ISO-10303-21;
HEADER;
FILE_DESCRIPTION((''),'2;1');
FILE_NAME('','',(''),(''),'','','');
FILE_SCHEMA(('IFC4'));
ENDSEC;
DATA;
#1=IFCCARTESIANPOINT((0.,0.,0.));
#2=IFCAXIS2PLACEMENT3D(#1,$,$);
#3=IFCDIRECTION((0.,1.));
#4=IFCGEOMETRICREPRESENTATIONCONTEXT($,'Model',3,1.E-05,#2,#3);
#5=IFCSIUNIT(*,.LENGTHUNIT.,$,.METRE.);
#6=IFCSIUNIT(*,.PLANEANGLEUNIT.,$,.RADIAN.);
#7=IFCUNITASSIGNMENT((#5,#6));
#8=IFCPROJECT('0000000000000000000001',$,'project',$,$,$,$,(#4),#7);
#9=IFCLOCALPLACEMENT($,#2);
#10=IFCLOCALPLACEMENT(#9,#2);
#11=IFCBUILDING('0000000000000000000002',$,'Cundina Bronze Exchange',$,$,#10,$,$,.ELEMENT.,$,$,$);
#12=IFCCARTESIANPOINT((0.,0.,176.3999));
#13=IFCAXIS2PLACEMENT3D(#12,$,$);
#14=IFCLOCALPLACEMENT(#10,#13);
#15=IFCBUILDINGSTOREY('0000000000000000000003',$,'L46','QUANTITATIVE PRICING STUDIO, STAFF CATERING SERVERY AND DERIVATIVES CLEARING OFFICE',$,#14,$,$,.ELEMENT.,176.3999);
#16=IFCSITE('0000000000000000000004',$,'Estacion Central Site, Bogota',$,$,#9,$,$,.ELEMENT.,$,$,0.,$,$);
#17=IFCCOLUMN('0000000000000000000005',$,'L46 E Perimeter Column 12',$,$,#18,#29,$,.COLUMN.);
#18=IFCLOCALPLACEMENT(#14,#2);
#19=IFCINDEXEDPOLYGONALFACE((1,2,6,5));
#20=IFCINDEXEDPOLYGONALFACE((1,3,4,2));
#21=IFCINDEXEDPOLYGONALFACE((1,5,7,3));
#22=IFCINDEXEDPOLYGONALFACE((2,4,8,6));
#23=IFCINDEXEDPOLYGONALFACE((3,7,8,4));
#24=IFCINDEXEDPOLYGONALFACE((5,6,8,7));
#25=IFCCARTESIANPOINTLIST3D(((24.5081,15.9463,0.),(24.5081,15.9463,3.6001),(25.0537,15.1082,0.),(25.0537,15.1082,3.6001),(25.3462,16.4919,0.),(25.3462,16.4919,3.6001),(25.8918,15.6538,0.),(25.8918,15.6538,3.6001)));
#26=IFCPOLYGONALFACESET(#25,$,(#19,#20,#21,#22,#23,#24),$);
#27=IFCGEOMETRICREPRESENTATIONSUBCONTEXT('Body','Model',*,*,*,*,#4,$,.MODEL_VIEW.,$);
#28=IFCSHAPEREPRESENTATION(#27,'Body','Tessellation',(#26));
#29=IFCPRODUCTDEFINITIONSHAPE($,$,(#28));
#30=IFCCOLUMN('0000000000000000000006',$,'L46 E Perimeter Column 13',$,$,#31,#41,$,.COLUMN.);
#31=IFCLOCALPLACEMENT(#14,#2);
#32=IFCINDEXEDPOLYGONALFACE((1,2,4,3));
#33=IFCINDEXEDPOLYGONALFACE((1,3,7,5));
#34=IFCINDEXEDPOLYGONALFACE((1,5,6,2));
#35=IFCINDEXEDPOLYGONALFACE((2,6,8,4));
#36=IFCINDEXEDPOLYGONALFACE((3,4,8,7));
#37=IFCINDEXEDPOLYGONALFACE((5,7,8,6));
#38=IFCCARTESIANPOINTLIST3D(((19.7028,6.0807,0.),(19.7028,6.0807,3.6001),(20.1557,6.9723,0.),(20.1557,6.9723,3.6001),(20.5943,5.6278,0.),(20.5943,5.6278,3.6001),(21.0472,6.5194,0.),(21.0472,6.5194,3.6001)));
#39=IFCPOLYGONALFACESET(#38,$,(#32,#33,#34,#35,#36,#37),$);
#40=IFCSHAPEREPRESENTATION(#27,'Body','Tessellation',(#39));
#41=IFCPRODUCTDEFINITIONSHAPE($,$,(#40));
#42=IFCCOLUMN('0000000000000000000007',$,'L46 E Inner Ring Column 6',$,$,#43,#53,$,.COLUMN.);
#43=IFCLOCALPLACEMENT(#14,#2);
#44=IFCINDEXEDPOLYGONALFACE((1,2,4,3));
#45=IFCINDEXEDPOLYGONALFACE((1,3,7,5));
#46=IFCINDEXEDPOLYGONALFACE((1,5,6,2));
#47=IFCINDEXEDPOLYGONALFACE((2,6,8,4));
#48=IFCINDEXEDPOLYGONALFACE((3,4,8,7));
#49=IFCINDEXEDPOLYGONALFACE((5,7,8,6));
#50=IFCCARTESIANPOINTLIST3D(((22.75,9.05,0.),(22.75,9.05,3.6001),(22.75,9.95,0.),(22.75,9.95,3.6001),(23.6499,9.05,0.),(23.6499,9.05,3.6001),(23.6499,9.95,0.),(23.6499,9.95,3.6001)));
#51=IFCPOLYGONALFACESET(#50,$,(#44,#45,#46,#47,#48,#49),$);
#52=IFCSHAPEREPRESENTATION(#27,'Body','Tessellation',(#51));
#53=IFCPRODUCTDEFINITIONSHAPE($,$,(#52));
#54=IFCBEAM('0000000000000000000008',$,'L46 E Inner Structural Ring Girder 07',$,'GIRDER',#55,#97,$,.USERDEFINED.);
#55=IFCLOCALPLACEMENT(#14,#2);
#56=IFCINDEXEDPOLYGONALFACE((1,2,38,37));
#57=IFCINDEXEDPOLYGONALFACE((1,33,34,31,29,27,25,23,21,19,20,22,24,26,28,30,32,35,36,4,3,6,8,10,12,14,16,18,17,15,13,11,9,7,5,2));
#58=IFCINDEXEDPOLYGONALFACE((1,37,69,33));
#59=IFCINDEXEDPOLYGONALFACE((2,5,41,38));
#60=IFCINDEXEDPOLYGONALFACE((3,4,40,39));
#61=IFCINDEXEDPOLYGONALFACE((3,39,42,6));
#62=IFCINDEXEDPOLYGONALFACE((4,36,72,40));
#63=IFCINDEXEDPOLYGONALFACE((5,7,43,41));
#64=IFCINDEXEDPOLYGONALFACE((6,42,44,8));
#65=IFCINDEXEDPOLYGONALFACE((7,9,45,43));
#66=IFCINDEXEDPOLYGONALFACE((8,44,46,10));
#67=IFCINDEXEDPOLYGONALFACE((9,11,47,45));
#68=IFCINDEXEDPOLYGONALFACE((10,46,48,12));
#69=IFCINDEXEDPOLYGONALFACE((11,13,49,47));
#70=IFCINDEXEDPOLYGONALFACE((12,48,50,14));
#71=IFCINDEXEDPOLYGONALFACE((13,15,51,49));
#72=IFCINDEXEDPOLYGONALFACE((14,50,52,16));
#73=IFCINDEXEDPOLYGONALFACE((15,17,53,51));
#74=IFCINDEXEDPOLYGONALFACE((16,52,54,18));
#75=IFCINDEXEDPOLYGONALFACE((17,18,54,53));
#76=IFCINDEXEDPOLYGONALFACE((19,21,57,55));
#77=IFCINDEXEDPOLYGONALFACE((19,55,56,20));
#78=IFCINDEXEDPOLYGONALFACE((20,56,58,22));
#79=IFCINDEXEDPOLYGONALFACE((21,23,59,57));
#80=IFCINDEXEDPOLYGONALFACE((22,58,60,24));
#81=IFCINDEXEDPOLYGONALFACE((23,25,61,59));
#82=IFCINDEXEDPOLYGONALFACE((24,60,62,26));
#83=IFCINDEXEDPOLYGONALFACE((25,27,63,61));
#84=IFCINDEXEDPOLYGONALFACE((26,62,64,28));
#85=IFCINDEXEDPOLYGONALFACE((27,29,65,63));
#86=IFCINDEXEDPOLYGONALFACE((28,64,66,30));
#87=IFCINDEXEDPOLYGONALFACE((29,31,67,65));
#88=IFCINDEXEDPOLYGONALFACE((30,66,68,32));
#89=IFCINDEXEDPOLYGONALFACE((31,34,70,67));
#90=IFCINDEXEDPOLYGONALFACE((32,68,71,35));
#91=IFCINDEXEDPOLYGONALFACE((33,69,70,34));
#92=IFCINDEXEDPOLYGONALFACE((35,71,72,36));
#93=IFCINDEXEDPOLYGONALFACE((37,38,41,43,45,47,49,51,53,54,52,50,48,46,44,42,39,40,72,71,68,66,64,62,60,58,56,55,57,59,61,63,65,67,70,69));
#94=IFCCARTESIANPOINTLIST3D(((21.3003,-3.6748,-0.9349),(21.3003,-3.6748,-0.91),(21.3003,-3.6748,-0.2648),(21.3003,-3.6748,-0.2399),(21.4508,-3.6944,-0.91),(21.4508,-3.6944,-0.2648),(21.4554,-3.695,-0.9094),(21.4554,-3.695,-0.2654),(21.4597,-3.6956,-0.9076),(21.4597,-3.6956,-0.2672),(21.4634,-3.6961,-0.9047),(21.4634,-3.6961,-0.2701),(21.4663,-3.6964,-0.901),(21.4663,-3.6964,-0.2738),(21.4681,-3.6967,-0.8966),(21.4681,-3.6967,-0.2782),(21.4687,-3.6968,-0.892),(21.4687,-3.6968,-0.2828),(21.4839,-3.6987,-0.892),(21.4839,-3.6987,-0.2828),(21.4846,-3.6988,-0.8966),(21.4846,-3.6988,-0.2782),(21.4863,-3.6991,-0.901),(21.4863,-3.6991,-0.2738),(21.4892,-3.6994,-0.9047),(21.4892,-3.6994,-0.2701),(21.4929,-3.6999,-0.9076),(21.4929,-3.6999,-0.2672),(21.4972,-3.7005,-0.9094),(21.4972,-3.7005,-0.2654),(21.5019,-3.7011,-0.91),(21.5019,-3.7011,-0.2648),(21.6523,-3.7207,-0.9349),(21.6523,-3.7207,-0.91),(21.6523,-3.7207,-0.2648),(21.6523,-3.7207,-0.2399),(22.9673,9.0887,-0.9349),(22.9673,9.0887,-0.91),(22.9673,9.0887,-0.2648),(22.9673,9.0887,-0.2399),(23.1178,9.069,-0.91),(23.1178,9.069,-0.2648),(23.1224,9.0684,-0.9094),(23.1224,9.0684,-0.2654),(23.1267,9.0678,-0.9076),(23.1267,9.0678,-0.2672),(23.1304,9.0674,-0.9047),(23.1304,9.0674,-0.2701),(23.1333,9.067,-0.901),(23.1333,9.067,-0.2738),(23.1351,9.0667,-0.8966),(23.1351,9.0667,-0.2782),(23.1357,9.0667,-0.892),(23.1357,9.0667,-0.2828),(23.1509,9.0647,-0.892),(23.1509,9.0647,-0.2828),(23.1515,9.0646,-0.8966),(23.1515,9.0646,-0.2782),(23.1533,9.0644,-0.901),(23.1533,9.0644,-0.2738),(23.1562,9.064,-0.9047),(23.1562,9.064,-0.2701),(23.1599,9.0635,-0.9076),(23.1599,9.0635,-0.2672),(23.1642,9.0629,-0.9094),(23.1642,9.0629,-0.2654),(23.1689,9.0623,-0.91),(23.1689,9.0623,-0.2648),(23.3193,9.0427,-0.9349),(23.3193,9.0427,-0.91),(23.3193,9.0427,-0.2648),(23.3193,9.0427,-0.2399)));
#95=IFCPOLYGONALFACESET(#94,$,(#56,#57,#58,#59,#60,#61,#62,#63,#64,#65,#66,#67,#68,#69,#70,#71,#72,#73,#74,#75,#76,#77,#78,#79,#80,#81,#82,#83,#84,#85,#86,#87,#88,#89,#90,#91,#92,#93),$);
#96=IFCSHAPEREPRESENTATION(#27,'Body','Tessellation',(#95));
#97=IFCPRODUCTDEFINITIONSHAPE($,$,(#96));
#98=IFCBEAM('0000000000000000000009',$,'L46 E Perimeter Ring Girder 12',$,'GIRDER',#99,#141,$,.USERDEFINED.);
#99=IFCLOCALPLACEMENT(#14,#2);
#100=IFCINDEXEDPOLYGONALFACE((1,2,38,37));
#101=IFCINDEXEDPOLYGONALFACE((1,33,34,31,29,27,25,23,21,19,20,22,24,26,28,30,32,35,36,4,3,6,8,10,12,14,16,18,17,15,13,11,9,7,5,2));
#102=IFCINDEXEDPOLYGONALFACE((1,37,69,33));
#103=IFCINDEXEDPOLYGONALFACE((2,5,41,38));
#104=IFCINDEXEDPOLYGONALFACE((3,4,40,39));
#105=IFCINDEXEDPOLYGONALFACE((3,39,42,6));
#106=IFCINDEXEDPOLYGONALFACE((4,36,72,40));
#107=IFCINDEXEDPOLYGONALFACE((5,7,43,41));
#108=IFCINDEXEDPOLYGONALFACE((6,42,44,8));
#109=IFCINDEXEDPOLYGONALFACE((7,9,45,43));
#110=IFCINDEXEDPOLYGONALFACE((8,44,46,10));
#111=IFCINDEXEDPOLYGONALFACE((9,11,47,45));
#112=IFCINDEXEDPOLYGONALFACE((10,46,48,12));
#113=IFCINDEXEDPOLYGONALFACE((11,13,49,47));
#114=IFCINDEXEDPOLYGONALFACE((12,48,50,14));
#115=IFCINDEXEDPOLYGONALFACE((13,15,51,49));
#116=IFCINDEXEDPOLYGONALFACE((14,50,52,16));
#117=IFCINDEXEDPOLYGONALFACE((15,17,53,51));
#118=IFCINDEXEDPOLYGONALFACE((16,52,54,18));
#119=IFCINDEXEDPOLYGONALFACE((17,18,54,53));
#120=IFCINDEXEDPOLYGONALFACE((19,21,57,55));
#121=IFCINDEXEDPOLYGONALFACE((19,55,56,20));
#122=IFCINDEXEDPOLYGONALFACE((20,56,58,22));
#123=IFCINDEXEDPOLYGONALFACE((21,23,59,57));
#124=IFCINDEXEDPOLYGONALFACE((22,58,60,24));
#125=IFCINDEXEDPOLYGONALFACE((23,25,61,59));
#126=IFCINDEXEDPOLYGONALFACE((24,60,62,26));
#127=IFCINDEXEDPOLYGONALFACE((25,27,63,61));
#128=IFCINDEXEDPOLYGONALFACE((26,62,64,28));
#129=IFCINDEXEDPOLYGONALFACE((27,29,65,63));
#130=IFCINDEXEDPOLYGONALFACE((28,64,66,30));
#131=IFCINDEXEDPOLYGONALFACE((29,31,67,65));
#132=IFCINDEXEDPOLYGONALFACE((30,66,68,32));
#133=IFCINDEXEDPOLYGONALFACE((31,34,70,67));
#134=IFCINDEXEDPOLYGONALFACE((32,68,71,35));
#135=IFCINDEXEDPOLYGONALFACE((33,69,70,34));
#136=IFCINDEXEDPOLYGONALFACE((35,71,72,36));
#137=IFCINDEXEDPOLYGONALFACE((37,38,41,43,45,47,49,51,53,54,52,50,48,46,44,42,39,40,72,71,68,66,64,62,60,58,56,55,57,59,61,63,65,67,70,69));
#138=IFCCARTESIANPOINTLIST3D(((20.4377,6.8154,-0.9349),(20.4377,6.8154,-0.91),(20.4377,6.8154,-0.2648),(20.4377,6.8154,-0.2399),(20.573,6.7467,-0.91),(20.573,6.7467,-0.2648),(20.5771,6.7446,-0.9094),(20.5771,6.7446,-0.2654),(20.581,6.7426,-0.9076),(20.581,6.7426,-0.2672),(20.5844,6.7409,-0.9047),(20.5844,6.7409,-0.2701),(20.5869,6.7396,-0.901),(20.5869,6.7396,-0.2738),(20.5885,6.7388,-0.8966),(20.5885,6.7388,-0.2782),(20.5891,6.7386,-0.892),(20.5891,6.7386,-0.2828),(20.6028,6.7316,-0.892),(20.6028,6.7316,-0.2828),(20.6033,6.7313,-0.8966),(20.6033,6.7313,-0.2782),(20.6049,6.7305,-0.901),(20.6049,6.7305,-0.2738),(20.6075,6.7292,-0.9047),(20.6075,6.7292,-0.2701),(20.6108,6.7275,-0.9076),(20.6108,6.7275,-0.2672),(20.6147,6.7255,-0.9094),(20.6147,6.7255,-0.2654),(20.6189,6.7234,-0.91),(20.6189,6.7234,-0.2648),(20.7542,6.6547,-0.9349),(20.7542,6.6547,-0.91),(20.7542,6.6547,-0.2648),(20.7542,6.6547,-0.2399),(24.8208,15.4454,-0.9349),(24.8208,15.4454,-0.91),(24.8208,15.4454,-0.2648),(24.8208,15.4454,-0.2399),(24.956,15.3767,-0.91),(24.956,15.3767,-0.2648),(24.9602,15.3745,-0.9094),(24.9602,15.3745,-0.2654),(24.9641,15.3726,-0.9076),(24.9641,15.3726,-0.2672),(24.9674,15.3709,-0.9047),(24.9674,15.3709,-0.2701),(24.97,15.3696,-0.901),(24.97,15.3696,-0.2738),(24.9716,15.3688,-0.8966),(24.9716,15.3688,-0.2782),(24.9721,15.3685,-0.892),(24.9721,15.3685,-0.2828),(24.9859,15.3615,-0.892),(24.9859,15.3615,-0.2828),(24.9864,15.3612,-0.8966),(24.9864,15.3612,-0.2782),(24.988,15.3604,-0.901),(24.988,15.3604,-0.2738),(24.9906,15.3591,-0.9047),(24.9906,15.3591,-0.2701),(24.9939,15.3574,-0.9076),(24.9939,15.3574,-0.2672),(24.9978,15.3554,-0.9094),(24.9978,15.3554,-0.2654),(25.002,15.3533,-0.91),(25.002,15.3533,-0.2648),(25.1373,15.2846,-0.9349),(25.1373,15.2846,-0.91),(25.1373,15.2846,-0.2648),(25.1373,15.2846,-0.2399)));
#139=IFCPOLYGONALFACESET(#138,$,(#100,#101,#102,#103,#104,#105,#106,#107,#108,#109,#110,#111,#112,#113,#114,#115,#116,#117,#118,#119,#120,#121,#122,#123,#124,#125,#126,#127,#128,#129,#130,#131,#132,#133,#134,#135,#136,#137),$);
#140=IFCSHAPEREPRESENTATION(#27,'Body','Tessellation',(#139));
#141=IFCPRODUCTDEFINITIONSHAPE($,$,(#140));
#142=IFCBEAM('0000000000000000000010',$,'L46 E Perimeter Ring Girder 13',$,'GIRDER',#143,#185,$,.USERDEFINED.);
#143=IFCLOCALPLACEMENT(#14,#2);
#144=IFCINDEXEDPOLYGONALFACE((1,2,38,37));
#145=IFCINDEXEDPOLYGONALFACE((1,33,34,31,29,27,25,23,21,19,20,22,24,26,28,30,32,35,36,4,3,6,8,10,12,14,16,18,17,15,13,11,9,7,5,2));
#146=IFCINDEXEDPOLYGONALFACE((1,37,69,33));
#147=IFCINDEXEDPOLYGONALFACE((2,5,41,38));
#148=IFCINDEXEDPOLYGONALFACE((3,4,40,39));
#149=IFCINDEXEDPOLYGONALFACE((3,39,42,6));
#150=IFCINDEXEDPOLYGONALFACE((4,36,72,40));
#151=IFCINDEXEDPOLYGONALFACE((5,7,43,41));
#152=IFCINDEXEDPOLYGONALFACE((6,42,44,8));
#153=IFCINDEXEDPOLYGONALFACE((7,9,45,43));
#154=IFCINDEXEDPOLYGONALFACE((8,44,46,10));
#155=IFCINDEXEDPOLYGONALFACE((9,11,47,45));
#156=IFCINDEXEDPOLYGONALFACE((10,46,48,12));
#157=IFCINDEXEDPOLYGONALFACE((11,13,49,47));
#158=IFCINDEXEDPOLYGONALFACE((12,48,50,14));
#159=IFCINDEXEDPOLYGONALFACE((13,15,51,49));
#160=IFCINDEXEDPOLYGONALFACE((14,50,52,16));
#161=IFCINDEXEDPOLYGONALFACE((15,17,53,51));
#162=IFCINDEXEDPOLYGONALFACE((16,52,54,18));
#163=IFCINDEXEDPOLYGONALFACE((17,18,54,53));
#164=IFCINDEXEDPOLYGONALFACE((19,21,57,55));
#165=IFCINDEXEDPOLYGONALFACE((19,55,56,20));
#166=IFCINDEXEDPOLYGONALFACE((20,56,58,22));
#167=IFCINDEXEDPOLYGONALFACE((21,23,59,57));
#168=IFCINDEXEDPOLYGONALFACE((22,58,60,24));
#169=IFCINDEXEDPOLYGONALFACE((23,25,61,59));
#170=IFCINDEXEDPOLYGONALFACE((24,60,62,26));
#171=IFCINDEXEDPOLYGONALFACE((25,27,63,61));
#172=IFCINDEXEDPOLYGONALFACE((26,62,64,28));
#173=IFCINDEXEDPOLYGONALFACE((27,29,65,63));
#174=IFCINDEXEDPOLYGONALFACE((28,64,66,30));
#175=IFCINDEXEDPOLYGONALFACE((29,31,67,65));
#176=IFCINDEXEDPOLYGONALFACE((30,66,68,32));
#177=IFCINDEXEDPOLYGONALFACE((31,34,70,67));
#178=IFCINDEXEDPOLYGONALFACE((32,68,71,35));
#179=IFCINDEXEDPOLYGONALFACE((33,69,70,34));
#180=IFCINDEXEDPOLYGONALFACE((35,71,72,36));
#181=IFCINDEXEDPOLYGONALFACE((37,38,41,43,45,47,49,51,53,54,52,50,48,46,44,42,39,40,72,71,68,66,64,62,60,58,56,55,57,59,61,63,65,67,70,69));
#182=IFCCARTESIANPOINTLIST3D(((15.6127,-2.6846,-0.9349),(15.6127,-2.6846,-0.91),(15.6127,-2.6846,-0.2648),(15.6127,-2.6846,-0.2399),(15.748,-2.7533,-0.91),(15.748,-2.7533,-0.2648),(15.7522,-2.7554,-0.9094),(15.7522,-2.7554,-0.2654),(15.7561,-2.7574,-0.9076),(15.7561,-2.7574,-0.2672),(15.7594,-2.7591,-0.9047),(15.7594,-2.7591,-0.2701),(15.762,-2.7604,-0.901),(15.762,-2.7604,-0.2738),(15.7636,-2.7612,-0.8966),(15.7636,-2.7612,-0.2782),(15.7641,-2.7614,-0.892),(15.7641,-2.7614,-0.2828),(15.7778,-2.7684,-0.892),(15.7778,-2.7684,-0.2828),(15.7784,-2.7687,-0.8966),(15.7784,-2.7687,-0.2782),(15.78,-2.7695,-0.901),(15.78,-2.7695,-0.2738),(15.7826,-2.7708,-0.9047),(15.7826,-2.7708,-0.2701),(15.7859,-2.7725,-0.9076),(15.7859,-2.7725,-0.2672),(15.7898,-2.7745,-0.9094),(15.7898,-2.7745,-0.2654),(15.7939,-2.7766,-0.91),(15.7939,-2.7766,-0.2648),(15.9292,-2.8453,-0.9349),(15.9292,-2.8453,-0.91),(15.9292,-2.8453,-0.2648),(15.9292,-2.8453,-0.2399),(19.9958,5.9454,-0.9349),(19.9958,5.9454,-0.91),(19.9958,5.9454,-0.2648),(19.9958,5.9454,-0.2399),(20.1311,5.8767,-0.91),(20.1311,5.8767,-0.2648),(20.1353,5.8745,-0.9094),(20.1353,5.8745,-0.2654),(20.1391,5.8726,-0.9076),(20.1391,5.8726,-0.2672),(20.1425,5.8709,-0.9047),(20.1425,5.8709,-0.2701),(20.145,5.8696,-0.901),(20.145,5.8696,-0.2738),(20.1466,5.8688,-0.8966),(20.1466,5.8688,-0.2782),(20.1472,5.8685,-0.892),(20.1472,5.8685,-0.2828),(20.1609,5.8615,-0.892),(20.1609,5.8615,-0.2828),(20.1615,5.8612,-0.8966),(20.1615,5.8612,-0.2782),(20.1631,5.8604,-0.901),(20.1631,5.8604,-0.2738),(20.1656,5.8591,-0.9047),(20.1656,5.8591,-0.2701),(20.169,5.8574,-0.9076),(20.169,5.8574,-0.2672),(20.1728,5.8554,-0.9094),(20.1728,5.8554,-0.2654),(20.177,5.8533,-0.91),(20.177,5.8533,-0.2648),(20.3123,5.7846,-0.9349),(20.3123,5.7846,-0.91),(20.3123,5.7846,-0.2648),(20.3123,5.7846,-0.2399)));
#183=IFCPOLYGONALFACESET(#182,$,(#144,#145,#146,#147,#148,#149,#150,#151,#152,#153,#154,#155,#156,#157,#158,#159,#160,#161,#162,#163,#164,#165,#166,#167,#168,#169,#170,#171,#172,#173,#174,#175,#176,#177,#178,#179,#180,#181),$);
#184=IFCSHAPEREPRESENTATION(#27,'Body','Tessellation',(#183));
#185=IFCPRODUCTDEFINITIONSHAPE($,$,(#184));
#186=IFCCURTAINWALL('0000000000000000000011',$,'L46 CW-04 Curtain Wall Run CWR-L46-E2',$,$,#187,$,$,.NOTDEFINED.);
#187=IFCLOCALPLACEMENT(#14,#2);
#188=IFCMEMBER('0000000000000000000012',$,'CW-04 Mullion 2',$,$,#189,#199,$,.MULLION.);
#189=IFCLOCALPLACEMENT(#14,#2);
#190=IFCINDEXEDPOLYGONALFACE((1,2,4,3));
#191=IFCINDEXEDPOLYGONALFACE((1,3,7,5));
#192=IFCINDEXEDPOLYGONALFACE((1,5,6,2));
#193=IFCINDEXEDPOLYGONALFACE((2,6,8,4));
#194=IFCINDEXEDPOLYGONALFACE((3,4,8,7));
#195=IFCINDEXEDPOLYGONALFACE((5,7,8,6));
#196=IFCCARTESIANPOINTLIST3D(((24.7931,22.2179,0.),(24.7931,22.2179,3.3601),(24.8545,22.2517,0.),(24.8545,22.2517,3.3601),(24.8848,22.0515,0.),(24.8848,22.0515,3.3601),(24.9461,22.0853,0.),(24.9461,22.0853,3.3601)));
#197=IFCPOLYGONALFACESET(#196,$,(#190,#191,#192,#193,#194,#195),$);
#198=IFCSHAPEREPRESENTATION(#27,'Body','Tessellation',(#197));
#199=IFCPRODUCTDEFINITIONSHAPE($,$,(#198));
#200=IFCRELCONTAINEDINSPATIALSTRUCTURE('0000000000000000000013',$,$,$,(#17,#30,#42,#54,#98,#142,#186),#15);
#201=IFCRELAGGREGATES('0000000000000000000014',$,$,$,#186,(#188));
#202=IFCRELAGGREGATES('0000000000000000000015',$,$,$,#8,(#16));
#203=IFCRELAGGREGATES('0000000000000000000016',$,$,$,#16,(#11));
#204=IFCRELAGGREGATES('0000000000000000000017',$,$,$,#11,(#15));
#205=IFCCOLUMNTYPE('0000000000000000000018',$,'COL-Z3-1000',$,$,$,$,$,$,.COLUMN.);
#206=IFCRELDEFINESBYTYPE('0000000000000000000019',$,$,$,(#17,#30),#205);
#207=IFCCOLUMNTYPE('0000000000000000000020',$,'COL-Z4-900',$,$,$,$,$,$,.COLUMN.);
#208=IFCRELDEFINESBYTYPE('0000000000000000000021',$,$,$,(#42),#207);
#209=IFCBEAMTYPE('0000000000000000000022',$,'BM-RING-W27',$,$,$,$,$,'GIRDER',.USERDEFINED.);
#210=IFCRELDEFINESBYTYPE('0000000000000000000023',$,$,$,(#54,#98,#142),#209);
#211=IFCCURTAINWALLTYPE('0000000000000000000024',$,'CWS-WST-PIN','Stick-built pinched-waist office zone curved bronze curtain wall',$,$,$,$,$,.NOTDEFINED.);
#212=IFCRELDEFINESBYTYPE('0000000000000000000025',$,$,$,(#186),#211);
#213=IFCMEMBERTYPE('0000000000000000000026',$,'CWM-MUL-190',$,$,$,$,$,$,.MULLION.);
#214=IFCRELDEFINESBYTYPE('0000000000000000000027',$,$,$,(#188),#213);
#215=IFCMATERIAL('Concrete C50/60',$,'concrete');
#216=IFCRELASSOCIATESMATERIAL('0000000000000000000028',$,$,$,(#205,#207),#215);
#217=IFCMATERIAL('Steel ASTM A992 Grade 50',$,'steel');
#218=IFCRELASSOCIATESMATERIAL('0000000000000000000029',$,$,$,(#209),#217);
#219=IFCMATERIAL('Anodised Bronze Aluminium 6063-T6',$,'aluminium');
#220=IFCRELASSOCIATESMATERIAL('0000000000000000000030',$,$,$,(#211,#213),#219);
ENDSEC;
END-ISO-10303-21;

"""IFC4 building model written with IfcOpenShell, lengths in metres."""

from ifc_helpers import new_model, si_unit, direction, frame, origin, origin_2d, place, context, subcontext, project, spatial, rectangle, i_section, extrude, material, material_profile, profile_set, type_object, element, aggregate, save


model = new_model("IFC4")

# Units and contexts
model_context = context("Model", 3, precision=1e-05, world=origin(), true_north=direction((0.0, 1.0)))
body_context = subcontext(model_context, "Body", "Model", "MODEL_VIEW")
ifc_project = project(units=[si_unit("LENGTHUNIT", "METRE"), si_unit("PLANEANGLEUNIT", "RADIAN")], contexts=[model_context])

# Site, building, storey
site_placement = place(None, origin())
site = spatial("IfcSite", under=ifc_project, at=site_placement, Name="Estacion Central Site, Bogota", CompositionType="ELEMENT", RefElevation=0.0)
building_placement = place(site_placement, origin())
building = spatial("IfcBuilding", under=site, at=building_placement, Name="Cundina Bronze Exchange", CompositionType="ELEMENT")
storey_placement = place(building_placement, frame((0.0, 0.0, 176.3999)))
storey = spatial("IfcBuildingStorey", under=building, at=storey_placement, Name="L46", Description="QUANTITATIVE PRICING STUDIO, STAFF CATERING SERVERY AND DERIVATIVES CLEARING OFFICE", CompositionType="ELEMENT", Elevation=176.3999)

# Columns
ifc_material_1 = material(Name="Concrete C50/60", Category="concrete")
ifc_material_profile_1 = material_profile(ifc_material_1, rectangle(XDim=1.0, YDim=1.0, at=origin_2d()), Name="RC1000X1000", Category="concrete")
ifc_profile_set_1 = profile_set([ifc_material_profile_1], Name="Concrete C50/60")
column_type_1 = type_object("IfcColumnType", Name="COL-Z3-1000", PredefinedType="COLUMN", material=ifc_profile_set_1)
for number, where, z_axis, x_axis, name in (
    (1, (25.2, 15.8, 0.0), (0.0, 0.0, 1.0), (-0.8381, -0.545517, 0.0), "L46 E Perimeter Column 12"),
    (2, (20.375, 6.3, 0.0), (0.0, 0.0, 1.0), (-0.452902, -0.891561, 0.0), "L46 E Perimeter Column 13"),
):
    element("IfcColumn", number, at=place(storey_placement, frame(where, z_axis=z_axis, x_axis=x_axis)), inside=storey, type_object=column_type_1, Name=name, PredefinedType="COLUMN", context=body_context, shape_type="SweptSolid", body=[
        extrude(rectangle(XDim=1.0, YDim=1.0, at=origin_2d()), origin(), (0.0, 0.0, 1.0), 3.6001),
    ])
ifc_material_profile_2 = material_profile(ifc_material_1, rectangle(XDim=0.8999, YDim=0.8999, at=origin_2d()), Name="RC900X900", Category="concrete")
ifc_profile_set_2 = profile_set([ifc_material_profile_2], Name="Concrete C50/60")
column_type_2 = type_object("IfcColumnType", Name="COL-Z4-900", PredefinedType="COLUMN", material=ifc_profile_set_2)
column_placement = place(storey_placement, frame((23.2, 9.5, 0.0), z_axis=(0.0, 0.0, 1.0), x_axis=(1.0, 0.0, 0.0)))
element("IfcColumn", 3, at=column_placement, inside=storey, type_object=column_type_2, Name="L46 E Inner Ring Column 6", PredefinedType="COLUMN", context=body_context, shape_type="SweptSolid", body=[
    extrude(rectangle(XDim=0.8999, YDim=0.8999, at=origin_2d()), origin(), (0.0, 0.0, 1.0), 3.6001),
])

# Beams
ifc_material_2 = material(Name="Steel ASTM A992 Grade 50", Category="steel")
ifc_material_profile_3 = material_profile(ifc_material_2, i_section(OverallWidth=0.355, OverallDepth=0.6951, WebThickness=0.0154, FlangeThickness=0.0249, FilletRadius=0.0181, at=origin_2d()), Name="W27X146", Category="steel")
ifc_profile_set_3 = profile_set([ifc_material_profile_3], Name="Steel ASTM A992 Grade 50")
beam_type = type_object("IfcBeamType", Name="BM-RING-W27", ElementType="GIRDER", PredefinedType="USERDEFINED", material=ifc_profile_set_3)
beam_placement = place(storey_placement, frame((23.1433, 9.0657, -0.5874), z_axis=(-0.129507, -0.991579, 0.0), x_axis=(0.991579, -0.129507, 0.0)))
element("IfcBeam", 4, at=beam_placement, inside=storey, type_object=beam_type, Name="L46 E Inner Structural Ring Girder 07", ObjectType="GIRDER", PredefinedType="USERDEFINED", context=body_context, shape_type="SweptSolid", body=[
    extrude(i_section(OverallWidth=0.355, OverallDepth=0.6951, WebThickness=0.0154, FlangeThickness=0.0249, FilletRadius=0.0181, at=origin_2d()), origin(), (0.0, 0.0, 1.0), 12.8718),
])
for number, where, z_axis, x_axis, name in (
    (5, (24.979, 15.365, -0.5874), (-0.452835, -0.891595, 0.0), (0.891595, -0.452835, 0.0), "L46 E Perimeter Ring Girder 12"),
    (6, (20.1541, 5.865, -0.5874), (-0.452835, -0.891595, 0.0), (0.891595, -0.452835, 0.0), "L46 E Perimeter Ring Girder 13"),
):
    element("IfcBeam", number, at=place(storey_placement, frame(where, z_axis=z_axis, x_axis=x_axis)), inside=storey, type_object=beam_type, Name=name, ObjectType="GIRDER", PredefinedType="USERDEFINED", context=body_context, shape_type="SweptSolid", body=[
        extrude(i_section(OverallWidth=0.355, OverallDepth=0.6951, WebThickness=0.0154, FlangeThickness=0.0249, FilletRadius=0.0181, at=origin_2d()), origin(), (0.0, 0.0, 1.0), 9.6792),
    ])

# Curtain wall, member
ifc_material_3 = material(Name="Anodised Bronze Aluminium 6063-T6", Category="aluminium")
curtain_wall_type = type_object("IfcCurtainWallType", Name="CWS-WST-PIN", Description="Stick-built pinched-waist office zone curved bronze curtain wall", PredefinedType="NOTDEFINED", material=ifc_material_3)
curtain_wall_placement = place(storey_placement, origin())
curtain_wall = element("IfcCurtainWall", 7, at=curtain_wall_placement, inside=storey, type_object=curtain_wall_type, Name="L46 CW-04 Curtain Wall Run CWR-L46-E2", PredefinedType="NOTDEFINED")
ifc_material_profile_4 = material_profile(ifc_material_3, rectangle(XDim=0.0701, YDim=0.1899, at=origin_2d()), Name="AL70X190", Category="aluminium")
ifc_profile_set_4 = profile_set([ifc_material_profile_4], Name="Anodised Bronze Aluminium 6063-T6")
member_type_1 = type_object("IfcMemberType", Name="CWM-MUL-190", PredefinedType="MULLION", material=ifc_profile_set_4)
member_1_placement = place(storey_placement, frame((24.8696, 22.1516, 0.0), z_axis=(0.0, 0.0, 1.0), x_axis=(-0.875886, -0.482518, 0.0)))
member_1 = element("IfcMember", 8, at=member_1_placement, type_object=member_type_1, Name="CW-04 Mullion 2", PredefinedType="MULLION", context=body_context, shape_type="SweptSolid", body=[
    extrude(rectangle(XDim=0.0701, YDim=0.1899, at=origin_2d()), origin(), (0.0, 0.0, 1.0), 3.3601),
])
aggregate(curtain_wall, [member_1])

save(model, "model.ifc")
